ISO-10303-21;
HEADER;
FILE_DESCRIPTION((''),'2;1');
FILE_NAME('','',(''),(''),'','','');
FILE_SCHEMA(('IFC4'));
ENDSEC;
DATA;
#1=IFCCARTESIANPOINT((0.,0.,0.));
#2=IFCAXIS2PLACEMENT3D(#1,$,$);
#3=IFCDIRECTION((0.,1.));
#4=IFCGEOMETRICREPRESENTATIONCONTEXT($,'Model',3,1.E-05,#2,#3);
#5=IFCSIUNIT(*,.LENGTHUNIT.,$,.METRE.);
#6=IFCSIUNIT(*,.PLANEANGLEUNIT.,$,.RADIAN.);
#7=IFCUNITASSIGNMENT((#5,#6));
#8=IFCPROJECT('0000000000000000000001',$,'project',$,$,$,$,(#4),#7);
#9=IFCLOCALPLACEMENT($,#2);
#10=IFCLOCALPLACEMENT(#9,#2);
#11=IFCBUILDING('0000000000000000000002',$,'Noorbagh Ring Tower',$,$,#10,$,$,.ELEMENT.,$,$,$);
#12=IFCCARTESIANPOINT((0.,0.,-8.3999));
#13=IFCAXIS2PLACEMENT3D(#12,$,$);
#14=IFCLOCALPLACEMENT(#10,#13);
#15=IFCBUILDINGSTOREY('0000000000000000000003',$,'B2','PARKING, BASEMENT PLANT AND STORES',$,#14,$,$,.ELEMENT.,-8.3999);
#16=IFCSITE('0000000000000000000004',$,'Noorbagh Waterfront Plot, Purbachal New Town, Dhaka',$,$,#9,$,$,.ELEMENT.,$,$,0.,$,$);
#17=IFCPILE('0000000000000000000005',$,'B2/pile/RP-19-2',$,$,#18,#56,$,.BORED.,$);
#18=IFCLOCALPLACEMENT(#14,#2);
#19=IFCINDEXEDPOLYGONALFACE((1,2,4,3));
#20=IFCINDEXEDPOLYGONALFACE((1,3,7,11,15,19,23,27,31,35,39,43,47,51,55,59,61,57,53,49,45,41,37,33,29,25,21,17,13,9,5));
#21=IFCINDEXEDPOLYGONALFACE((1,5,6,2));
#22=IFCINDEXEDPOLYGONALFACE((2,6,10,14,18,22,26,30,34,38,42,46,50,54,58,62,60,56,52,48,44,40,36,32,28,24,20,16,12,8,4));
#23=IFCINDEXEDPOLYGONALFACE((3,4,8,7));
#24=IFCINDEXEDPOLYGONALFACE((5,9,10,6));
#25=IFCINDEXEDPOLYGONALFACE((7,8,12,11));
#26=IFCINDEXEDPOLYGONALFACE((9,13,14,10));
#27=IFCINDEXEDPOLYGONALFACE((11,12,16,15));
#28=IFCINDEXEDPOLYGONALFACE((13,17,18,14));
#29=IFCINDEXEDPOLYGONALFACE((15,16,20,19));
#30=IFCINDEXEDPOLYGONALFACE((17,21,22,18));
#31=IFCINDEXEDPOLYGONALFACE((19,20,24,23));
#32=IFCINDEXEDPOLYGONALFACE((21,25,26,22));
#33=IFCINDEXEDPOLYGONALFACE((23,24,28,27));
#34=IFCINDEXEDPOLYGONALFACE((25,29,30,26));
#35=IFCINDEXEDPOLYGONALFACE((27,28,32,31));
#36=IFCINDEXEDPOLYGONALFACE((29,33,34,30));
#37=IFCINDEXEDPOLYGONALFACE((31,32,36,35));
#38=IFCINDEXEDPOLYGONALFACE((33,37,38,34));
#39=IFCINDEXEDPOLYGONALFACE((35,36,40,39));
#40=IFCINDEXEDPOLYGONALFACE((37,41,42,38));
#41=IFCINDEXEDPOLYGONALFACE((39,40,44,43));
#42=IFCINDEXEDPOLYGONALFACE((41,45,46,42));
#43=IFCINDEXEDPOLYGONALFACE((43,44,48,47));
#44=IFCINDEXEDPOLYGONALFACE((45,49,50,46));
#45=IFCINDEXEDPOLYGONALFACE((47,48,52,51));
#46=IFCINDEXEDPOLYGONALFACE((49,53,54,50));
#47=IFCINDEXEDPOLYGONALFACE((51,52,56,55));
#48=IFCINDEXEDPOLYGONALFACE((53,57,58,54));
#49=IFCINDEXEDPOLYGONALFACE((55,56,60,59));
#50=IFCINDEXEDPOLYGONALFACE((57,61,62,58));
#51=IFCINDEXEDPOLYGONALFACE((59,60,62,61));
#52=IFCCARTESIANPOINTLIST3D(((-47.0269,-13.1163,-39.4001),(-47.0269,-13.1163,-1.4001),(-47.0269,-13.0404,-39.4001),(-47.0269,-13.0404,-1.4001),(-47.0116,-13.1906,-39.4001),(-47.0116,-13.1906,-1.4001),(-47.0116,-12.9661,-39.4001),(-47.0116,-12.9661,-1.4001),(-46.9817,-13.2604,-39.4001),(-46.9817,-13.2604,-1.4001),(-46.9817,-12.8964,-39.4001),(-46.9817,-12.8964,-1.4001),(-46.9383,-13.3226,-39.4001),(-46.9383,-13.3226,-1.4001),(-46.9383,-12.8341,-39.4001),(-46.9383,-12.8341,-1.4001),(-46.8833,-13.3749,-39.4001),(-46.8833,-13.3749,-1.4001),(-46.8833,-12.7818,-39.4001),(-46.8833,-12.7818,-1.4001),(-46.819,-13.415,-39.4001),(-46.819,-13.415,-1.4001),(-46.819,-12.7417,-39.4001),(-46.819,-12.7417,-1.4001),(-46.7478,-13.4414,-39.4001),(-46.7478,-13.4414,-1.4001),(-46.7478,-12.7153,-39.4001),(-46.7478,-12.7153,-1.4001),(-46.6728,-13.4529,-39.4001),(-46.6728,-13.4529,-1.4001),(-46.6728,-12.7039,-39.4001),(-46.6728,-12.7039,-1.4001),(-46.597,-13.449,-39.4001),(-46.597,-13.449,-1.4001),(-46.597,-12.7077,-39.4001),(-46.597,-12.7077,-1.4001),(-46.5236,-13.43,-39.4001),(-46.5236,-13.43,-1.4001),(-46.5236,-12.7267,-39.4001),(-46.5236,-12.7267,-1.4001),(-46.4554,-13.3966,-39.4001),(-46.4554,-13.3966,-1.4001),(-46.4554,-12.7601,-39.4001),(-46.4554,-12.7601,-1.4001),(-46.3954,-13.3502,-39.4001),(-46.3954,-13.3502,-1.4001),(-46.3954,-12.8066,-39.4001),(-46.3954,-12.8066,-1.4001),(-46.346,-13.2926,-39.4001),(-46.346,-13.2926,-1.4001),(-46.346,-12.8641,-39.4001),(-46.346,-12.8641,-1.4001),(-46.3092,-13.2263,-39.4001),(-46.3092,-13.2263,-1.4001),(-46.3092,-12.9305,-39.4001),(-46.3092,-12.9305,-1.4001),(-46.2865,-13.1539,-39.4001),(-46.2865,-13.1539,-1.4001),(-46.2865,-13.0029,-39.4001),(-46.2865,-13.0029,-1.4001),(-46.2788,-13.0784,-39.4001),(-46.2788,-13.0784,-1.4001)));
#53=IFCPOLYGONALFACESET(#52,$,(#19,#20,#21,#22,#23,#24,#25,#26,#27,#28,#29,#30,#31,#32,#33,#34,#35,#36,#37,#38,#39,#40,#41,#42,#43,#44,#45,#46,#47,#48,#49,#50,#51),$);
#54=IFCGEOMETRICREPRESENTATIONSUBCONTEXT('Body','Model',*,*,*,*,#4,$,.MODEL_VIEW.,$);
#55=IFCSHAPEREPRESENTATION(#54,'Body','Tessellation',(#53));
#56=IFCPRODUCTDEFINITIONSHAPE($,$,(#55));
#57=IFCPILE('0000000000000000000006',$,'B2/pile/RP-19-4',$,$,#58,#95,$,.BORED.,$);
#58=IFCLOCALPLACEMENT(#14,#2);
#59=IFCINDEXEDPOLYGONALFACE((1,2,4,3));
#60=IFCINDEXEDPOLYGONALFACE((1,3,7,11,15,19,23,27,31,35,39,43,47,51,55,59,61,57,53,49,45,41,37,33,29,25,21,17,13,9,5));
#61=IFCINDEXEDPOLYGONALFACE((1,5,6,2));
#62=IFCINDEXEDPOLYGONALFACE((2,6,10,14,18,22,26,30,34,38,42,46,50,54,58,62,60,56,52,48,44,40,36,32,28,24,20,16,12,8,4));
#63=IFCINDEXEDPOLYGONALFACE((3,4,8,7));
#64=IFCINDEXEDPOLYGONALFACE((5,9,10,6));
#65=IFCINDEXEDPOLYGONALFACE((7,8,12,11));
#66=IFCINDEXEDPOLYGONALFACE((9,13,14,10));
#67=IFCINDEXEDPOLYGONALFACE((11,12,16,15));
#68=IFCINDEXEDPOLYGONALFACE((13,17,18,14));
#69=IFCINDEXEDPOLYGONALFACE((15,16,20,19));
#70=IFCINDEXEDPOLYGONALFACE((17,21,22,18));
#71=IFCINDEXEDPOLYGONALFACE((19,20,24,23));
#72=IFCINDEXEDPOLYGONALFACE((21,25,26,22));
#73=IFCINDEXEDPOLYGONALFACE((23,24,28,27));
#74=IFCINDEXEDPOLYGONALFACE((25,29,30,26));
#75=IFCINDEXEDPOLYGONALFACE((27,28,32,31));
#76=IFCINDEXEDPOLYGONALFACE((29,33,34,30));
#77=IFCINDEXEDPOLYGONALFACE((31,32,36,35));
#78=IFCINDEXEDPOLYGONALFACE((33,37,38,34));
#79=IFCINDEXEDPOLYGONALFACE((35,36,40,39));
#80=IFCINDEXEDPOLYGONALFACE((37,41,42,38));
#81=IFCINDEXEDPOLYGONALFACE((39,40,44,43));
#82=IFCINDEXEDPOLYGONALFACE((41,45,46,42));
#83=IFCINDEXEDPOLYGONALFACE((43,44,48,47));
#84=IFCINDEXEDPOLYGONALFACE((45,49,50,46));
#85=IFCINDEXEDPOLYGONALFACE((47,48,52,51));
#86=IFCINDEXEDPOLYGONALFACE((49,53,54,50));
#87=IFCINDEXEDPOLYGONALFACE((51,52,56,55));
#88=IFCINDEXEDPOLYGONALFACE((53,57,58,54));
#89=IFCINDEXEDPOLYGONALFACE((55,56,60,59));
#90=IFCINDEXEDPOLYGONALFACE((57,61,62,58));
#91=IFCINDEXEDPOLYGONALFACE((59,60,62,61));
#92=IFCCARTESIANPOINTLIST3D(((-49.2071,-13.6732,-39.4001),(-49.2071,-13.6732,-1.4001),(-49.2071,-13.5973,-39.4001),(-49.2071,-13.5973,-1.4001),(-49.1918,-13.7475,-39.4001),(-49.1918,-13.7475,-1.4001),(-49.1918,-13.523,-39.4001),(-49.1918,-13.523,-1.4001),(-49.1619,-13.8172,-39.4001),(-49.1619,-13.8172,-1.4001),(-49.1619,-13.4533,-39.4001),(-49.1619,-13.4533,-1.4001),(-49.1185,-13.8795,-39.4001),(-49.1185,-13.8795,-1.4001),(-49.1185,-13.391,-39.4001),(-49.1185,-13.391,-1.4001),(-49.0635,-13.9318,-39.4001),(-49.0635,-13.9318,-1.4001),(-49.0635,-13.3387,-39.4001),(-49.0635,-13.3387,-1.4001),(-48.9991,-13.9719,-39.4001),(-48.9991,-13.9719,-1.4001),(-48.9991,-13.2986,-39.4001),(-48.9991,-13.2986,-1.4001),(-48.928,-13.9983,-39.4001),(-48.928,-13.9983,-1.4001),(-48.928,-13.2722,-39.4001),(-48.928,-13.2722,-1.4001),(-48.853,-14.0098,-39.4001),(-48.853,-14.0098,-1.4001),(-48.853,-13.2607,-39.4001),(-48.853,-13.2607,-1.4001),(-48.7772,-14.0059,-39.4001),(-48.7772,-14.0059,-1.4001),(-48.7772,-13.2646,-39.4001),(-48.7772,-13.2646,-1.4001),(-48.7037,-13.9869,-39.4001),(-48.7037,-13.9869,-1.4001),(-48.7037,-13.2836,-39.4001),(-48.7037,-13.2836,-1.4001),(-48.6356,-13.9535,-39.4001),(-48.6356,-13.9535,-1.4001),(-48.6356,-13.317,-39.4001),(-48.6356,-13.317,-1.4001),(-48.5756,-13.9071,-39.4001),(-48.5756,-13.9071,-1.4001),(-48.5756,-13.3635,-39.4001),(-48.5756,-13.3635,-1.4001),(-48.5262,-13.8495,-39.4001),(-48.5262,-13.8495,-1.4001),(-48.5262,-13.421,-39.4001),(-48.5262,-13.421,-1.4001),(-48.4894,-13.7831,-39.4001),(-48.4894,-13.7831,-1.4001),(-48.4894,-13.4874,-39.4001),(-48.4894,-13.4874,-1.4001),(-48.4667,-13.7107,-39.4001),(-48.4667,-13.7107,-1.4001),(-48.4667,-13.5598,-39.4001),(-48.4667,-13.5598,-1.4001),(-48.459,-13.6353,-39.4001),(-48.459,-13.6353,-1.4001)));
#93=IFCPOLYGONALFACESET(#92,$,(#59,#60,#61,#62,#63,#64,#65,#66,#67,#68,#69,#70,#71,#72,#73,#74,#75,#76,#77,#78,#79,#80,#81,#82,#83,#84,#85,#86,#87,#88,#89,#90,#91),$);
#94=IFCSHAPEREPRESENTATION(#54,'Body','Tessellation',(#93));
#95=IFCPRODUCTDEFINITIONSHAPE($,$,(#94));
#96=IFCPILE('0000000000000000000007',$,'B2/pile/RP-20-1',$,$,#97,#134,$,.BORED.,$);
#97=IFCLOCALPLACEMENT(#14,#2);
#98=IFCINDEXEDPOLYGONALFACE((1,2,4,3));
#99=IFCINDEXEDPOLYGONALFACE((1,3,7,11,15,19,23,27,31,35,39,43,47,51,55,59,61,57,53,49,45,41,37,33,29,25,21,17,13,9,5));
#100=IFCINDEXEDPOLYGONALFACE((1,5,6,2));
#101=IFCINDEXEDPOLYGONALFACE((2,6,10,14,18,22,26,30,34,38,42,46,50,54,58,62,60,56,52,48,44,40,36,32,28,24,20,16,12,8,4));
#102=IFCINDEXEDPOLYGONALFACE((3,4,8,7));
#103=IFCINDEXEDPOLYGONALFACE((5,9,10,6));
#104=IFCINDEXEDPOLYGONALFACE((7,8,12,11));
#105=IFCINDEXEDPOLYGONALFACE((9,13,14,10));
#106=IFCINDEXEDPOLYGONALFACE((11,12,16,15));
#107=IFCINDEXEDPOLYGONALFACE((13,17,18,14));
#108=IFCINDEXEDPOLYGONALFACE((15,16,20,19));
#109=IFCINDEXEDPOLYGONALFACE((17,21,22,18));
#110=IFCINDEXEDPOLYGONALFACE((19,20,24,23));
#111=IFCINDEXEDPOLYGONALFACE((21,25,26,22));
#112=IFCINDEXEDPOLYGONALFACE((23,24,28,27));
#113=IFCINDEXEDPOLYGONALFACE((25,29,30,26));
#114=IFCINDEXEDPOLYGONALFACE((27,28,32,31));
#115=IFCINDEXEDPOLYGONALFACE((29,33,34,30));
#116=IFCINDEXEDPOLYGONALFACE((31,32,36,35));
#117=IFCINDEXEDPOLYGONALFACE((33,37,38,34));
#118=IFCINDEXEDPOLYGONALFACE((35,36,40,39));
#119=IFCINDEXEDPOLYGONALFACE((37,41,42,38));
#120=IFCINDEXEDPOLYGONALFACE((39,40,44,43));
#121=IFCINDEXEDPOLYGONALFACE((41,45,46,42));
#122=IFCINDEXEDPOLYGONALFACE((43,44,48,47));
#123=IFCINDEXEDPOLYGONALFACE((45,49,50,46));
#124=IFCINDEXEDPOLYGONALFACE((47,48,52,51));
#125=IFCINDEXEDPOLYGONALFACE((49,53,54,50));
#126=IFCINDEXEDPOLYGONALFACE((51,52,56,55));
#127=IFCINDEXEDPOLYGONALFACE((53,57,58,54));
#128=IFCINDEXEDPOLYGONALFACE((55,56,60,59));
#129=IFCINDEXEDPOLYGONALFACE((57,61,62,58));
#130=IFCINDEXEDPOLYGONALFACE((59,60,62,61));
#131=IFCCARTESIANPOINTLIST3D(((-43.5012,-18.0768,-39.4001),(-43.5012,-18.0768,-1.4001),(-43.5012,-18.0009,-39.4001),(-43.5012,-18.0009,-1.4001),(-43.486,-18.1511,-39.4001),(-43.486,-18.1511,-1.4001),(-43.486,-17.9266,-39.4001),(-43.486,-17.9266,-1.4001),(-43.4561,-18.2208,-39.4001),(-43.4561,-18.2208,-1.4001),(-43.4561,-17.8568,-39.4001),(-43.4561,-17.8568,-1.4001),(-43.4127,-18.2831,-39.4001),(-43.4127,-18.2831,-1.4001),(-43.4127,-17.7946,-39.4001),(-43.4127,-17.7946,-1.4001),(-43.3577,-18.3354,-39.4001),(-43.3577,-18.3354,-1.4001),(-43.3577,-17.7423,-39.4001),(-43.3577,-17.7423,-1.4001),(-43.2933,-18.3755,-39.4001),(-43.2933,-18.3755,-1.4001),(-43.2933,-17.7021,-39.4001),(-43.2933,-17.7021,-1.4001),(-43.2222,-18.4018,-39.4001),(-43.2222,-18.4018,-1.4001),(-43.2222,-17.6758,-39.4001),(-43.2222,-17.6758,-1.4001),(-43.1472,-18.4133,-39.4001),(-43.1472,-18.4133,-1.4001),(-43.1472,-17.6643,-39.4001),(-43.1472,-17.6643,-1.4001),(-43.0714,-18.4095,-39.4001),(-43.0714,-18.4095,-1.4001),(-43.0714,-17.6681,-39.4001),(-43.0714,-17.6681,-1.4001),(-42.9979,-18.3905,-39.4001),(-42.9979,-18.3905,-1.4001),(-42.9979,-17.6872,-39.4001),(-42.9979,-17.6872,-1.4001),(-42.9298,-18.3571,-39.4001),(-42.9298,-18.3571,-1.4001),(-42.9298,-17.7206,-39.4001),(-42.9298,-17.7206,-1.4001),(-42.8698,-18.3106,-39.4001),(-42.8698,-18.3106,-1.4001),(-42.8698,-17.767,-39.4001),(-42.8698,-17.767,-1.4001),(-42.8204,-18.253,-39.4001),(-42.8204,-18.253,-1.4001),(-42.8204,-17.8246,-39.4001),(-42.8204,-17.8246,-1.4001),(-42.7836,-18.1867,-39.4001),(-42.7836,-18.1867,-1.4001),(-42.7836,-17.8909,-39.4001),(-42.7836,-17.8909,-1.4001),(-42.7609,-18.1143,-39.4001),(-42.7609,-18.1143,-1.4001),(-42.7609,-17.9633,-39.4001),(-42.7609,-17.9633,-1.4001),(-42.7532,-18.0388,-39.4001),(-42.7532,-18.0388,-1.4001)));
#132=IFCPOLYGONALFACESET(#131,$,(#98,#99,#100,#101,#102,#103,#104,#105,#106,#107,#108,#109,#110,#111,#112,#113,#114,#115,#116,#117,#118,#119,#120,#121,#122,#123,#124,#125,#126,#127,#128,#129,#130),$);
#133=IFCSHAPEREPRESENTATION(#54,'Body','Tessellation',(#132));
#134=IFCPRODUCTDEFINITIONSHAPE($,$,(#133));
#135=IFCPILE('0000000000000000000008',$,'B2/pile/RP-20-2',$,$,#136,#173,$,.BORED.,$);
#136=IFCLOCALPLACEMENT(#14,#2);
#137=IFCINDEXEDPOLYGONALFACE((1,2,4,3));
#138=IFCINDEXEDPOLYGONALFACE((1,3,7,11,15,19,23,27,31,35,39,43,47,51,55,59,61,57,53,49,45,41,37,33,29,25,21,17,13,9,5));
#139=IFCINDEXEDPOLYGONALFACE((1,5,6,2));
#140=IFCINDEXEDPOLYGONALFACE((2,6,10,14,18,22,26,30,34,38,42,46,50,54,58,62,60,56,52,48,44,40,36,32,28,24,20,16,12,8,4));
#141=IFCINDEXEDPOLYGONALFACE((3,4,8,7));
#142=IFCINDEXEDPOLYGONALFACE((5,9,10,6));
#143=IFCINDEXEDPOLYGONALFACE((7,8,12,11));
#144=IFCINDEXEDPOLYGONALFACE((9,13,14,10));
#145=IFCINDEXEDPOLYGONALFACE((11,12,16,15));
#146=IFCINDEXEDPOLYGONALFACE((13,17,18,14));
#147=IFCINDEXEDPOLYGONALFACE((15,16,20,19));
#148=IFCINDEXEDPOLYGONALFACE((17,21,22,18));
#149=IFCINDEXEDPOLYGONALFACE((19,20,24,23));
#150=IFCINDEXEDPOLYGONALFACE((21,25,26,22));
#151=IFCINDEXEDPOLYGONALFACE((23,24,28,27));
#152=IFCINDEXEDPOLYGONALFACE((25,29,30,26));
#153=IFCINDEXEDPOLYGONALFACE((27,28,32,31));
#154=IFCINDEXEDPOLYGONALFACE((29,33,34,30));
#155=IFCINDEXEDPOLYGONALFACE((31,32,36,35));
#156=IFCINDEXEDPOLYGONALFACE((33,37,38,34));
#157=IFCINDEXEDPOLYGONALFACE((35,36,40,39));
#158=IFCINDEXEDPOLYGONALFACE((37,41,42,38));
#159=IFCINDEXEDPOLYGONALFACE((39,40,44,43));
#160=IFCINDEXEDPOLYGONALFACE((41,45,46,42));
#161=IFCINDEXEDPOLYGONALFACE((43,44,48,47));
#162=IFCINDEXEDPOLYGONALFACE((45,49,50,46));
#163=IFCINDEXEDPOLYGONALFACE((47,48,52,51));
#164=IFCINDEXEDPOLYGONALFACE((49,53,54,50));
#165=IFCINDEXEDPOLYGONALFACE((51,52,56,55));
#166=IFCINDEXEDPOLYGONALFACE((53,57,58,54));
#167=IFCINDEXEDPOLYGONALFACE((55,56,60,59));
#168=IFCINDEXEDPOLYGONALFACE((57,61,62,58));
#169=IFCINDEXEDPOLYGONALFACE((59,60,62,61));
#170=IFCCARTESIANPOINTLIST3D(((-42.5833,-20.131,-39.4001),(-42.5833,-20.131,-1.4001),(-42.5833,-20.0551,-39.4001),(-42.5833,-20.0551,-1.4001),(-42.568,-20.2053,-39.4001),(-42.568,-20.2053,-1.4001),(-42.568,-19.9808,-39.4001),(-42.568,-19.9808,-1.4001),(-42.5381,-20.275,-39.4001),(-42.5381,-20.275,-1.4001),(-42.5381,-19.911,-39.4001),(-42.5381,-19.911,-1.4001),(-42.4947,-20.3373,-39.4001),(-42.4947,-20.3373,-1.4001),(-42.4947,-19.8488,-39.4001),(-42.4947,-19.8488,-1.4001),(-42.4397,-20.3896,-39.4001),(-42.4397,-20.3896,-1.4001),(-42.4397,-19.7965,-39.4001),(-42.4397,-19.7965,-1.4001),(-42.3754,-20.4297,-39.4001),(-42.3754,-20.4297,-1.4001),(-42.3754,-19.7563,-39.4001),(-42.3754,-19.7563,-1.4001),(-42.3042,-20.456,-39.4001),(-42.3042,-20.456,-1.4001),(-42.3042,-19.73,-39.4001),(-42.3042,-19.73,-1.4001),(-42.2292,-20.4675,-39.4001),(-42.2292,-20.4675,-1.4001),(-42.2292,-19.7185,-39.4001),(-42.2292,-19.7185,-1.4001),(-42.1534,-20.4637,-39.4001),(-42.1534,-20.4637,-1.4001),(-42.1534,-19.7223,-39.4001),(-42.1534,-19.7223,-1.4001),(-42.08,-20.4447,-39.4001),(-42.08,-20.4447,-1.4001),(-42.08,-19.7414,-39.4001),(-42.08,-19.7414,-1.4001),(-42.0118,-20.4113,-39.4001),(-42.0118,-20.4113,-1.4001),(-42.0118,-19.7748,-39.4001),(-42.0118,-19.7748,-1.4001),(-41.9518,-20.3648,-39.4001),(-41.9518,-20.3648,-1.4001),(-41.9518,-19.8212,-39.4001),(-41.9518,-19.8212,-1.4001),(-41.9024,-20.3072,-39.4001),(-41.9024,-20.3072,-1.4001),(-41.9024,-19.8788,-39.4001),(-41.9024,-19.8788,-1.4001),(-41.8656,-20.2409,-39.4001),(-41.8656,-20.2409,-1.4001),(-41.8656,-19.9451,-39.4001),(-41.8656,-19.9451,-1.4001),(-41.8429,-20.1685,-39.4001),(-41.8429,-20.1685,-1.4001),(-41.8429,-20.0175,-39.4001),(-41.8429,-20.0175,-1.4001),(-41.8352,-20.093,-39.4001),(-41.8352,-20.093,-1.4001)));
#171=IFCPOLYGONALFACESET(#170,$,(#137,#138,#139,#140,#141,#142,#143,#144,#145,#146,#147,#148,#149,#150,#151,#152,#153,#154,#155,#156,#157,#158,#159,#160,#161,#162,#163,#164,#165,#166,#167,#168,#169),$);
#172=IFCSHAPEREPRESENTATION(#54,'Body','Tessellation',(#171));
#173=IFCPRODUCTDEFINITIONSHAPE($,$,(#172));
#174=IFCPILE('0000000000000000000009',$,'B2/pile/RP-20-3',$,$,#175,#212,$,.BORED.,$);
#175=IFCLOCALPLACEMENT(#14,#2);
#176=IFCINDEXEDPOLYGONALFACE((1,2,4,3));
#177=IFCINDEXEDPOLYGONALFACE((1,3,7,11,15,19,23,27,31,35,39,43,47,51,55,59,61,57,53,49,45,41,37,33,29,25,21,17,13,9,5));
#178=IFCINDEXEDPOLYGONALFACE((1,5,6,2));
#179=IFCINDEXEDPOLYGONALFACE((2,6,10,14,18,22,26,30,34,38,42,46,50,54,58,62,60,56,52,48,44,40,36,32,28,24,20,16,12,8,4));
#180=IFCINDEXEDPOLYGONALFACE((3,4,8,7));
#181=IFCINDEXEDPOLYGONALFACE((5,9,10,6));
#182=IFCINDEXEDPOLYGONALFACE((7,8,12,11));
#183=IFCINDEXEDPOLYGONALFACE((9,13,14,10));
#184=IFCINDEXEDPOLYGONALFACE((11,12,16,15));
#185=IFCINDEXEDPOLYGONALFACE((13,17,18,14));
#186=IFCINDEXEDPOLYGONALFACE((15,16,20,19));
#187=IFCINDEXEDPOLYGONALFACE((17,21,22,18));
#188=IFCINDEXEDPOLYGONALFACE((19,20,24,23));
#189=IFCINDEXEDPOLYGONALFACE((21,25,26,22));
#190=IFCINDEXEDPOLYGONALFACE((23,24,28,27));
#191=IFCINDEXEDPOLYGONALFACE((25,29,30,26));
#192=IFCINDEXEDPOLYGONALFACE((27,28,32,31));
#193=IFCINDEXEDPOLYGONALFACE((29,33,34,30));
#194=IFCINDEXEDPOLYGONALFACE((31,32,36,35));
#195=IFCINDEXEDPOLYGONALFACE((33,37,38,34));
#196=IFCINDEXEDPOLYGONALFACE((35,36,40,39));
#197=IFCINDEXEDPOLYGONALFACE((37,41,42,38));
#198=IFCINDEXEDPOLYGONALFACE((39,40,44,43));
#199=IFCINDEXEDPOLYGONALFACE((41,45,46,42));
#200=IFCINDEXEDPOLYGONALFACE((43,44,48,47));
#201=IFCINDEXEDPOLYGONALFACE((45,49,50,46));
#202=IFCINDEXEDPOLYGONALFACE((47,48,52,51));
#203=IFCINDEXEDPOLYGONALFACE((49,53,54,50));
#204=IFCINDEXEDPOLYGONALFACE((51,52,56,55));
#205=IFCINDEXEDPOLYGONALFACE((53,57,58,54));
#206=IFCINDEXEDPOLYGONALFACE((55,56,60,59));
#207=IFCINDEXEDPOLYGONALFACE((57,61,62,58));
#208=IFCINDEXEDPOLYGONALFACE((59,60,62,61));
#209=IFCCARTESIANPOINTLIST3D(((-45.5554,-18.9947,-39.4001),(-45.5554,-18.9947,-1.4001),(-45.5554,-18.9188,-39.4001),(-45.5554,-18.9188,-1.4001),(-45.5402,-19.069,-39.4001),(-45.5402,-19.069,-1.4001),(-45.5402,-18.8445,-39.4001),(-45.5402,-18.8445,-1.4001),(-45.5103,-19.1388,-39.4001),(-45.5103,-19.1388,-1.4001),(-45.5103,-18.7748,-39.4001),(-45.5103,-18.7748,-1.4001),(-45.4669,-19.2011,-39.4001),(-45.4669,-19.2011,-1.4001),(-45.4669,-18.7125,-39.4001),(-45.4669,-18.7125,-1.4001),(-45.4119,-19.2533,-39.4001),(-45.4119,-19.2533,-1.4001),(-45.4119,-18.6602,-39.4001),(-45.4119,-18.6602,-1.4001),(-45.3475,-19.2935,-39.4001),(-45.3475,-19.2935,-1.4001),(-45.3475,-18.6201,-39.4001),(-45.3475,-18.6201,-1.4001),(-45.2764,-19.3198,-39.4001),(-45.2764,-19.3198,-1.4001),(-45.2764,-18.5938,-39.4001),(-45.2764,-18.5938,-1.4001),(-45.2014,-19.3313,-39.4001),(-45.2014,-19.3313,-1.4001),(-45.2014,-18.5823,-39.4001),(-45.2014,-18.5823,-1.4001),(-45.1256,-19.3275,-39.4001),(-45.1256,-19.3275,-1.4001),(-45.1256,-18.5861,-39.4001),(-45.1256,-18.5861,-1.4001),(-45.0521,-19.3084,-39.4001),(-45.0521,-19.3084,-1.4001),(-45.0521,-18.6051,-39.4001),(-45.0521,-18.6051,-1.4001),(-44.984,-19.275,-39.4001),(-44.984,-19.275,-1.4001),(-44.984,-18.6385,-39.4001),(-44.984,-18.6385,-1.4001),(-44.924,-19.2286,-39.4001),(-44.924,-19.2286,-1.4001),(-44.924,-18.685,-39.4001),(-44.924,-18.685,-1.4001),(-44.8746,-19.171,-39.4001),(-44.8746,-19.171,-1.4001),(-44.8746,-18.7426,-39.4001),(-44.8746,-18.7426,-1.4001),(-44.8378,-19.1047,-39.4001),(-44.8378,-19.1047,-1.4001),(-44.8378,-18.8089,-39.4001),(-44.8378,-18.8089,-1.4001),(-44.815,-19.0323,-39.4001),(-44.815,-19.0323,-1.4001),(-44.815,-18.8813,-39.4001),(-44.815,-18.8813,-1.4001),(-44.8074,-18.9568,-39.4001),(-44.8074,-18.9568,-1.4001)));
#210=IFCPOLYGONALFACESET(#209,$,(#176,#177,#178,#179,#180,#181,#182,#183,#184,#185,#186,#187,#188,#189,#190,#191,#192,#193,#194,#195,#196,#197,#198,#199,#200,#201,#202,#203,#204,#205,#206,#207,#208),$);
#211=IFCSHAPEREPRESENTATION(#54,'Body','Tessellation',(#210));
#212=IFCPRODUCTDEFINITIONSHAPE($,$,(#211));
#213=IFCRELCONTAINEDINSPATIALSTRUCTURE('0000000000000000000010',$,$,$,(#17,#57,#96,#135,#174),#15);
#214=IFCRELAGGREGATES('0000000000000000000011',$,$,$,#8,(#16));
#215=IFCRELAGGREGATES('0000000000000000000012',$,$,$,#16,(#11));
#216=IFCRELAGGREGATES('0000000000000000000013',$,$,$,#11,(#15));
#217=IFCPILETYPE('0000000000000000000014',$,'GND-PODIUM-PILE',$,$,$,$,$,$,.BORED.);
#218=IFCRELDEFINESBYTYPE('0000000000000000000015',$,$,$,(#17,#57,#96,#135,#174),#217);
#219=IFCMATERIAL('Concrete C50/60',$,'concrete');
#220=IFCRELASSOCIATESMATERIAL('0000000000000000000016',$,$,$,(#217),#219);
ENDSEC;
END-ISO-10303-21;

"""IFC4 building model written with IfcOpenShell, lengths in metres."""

from ifc_helpers import new_model, si_unit, direction, frame, origin, origin_2d, place, context, subcontext, project, spatial, circle, extrude, material, material_profile, profile_set, type_object, element, save


model = new_model("IFC4")

# Units and contexts
model_context = context("Model", 3, precision=1e-05, world=origin(), true_north=direction((0.0, 1.0)))
body_context = subcontext(model_context, "Body", "Model", "MODEL_VIEW")
ifc_project = project(units=[si_unit("LENGTHUNIT", "METRE"), si_unit("PLANEANGLEUNIT", "RADIAN")], contexts=[model_context])

# Site, building, storey
site_placement = place(None, origin())
site = spatial("IfcSite", under=ifc_project, at=site_placement, Name="Noorbagh Waterfront Plot, Purbachal New Town, Dhaka", CompositionType="ELEMENT", RefElevation=0.0)
building_placement = place(site_placement, origin())
building = spatial("IfcBuilding", under=site, at=building_placement, Name="Noorbagh Ring Tower", CompositionType="ELEMENT")
storey_placement = place(building_placement, frame((0.0, 0.0, -8.3999)))
storey = spatial("IfcBuildingStorey", under=building, at=storey_placement, Name="B2", Description="PARKING, BASEMENT PLANT AND STORES", CompositionType="ELEMENT", Elevation=-8.3999)

# Piles
ifc_material_1 = material(Name="Concrete C50/60", Category="concrete")
ifc_material_profile_1 = material_profile(ifc_material_1, circle(Radius=0.375, at=origin_2d()), Name="PILE750")
ifc_profile_set_1 = profile_set([ifc_material_profile_1], Name="Concrete C50/60")
pile_type = type_object("IfcPileType", Name="GND-PODIUM-PILE", PredefinedType="BORED", material=ifc_profile_set_1)
for number, where, z_axis, x_axis, name in (
    (1, (-46.6538, -13.0784, -1.4001), (0.0, 0.0, -1.0), (1.0, 0.0, 0.0), "B2/pile/RP-19-2"),
    (2, (-48.834, -13.6353, -1.4001), (0.0, 0.0, -1.0), (1.0, 0.0, 0.0), "B2/pile/RP-19-4"),
    (3, (-43.1282, -18.0388, -1.4001), (0.0, 0.0, -1.0), (1.0, 0.0, 0.0), "B2/pile/RP-20-1"),
    (4, (-42.2102, -20.093, -1.4001), (0.0, 0.0, -1.0), (1.0, 0.0, 0.0), "B2/pile/RP-20-2"),
    (5, (-45.1824, -18.9568, -1.4001), (0.0, 0.0, -1.0), (1.0, 0.0, 0.0), "B2/pile/RP-20-3"),
):
    element("IfcPile", number, at=place(storey_placement, frame(where, z_axis=z_axis, x_axis=x_axis)), inside=storey, type_object=pile_type, Name=name, PredefinedType="BORED", context=body_context, shape_type="SweptSolid", body=[
        extrude(circle(Radius=0.375, at=origin_2d()), origin(), (0.0, 0.0, 1.0), 38.0),
    ])

save(model, "model.ifc")
